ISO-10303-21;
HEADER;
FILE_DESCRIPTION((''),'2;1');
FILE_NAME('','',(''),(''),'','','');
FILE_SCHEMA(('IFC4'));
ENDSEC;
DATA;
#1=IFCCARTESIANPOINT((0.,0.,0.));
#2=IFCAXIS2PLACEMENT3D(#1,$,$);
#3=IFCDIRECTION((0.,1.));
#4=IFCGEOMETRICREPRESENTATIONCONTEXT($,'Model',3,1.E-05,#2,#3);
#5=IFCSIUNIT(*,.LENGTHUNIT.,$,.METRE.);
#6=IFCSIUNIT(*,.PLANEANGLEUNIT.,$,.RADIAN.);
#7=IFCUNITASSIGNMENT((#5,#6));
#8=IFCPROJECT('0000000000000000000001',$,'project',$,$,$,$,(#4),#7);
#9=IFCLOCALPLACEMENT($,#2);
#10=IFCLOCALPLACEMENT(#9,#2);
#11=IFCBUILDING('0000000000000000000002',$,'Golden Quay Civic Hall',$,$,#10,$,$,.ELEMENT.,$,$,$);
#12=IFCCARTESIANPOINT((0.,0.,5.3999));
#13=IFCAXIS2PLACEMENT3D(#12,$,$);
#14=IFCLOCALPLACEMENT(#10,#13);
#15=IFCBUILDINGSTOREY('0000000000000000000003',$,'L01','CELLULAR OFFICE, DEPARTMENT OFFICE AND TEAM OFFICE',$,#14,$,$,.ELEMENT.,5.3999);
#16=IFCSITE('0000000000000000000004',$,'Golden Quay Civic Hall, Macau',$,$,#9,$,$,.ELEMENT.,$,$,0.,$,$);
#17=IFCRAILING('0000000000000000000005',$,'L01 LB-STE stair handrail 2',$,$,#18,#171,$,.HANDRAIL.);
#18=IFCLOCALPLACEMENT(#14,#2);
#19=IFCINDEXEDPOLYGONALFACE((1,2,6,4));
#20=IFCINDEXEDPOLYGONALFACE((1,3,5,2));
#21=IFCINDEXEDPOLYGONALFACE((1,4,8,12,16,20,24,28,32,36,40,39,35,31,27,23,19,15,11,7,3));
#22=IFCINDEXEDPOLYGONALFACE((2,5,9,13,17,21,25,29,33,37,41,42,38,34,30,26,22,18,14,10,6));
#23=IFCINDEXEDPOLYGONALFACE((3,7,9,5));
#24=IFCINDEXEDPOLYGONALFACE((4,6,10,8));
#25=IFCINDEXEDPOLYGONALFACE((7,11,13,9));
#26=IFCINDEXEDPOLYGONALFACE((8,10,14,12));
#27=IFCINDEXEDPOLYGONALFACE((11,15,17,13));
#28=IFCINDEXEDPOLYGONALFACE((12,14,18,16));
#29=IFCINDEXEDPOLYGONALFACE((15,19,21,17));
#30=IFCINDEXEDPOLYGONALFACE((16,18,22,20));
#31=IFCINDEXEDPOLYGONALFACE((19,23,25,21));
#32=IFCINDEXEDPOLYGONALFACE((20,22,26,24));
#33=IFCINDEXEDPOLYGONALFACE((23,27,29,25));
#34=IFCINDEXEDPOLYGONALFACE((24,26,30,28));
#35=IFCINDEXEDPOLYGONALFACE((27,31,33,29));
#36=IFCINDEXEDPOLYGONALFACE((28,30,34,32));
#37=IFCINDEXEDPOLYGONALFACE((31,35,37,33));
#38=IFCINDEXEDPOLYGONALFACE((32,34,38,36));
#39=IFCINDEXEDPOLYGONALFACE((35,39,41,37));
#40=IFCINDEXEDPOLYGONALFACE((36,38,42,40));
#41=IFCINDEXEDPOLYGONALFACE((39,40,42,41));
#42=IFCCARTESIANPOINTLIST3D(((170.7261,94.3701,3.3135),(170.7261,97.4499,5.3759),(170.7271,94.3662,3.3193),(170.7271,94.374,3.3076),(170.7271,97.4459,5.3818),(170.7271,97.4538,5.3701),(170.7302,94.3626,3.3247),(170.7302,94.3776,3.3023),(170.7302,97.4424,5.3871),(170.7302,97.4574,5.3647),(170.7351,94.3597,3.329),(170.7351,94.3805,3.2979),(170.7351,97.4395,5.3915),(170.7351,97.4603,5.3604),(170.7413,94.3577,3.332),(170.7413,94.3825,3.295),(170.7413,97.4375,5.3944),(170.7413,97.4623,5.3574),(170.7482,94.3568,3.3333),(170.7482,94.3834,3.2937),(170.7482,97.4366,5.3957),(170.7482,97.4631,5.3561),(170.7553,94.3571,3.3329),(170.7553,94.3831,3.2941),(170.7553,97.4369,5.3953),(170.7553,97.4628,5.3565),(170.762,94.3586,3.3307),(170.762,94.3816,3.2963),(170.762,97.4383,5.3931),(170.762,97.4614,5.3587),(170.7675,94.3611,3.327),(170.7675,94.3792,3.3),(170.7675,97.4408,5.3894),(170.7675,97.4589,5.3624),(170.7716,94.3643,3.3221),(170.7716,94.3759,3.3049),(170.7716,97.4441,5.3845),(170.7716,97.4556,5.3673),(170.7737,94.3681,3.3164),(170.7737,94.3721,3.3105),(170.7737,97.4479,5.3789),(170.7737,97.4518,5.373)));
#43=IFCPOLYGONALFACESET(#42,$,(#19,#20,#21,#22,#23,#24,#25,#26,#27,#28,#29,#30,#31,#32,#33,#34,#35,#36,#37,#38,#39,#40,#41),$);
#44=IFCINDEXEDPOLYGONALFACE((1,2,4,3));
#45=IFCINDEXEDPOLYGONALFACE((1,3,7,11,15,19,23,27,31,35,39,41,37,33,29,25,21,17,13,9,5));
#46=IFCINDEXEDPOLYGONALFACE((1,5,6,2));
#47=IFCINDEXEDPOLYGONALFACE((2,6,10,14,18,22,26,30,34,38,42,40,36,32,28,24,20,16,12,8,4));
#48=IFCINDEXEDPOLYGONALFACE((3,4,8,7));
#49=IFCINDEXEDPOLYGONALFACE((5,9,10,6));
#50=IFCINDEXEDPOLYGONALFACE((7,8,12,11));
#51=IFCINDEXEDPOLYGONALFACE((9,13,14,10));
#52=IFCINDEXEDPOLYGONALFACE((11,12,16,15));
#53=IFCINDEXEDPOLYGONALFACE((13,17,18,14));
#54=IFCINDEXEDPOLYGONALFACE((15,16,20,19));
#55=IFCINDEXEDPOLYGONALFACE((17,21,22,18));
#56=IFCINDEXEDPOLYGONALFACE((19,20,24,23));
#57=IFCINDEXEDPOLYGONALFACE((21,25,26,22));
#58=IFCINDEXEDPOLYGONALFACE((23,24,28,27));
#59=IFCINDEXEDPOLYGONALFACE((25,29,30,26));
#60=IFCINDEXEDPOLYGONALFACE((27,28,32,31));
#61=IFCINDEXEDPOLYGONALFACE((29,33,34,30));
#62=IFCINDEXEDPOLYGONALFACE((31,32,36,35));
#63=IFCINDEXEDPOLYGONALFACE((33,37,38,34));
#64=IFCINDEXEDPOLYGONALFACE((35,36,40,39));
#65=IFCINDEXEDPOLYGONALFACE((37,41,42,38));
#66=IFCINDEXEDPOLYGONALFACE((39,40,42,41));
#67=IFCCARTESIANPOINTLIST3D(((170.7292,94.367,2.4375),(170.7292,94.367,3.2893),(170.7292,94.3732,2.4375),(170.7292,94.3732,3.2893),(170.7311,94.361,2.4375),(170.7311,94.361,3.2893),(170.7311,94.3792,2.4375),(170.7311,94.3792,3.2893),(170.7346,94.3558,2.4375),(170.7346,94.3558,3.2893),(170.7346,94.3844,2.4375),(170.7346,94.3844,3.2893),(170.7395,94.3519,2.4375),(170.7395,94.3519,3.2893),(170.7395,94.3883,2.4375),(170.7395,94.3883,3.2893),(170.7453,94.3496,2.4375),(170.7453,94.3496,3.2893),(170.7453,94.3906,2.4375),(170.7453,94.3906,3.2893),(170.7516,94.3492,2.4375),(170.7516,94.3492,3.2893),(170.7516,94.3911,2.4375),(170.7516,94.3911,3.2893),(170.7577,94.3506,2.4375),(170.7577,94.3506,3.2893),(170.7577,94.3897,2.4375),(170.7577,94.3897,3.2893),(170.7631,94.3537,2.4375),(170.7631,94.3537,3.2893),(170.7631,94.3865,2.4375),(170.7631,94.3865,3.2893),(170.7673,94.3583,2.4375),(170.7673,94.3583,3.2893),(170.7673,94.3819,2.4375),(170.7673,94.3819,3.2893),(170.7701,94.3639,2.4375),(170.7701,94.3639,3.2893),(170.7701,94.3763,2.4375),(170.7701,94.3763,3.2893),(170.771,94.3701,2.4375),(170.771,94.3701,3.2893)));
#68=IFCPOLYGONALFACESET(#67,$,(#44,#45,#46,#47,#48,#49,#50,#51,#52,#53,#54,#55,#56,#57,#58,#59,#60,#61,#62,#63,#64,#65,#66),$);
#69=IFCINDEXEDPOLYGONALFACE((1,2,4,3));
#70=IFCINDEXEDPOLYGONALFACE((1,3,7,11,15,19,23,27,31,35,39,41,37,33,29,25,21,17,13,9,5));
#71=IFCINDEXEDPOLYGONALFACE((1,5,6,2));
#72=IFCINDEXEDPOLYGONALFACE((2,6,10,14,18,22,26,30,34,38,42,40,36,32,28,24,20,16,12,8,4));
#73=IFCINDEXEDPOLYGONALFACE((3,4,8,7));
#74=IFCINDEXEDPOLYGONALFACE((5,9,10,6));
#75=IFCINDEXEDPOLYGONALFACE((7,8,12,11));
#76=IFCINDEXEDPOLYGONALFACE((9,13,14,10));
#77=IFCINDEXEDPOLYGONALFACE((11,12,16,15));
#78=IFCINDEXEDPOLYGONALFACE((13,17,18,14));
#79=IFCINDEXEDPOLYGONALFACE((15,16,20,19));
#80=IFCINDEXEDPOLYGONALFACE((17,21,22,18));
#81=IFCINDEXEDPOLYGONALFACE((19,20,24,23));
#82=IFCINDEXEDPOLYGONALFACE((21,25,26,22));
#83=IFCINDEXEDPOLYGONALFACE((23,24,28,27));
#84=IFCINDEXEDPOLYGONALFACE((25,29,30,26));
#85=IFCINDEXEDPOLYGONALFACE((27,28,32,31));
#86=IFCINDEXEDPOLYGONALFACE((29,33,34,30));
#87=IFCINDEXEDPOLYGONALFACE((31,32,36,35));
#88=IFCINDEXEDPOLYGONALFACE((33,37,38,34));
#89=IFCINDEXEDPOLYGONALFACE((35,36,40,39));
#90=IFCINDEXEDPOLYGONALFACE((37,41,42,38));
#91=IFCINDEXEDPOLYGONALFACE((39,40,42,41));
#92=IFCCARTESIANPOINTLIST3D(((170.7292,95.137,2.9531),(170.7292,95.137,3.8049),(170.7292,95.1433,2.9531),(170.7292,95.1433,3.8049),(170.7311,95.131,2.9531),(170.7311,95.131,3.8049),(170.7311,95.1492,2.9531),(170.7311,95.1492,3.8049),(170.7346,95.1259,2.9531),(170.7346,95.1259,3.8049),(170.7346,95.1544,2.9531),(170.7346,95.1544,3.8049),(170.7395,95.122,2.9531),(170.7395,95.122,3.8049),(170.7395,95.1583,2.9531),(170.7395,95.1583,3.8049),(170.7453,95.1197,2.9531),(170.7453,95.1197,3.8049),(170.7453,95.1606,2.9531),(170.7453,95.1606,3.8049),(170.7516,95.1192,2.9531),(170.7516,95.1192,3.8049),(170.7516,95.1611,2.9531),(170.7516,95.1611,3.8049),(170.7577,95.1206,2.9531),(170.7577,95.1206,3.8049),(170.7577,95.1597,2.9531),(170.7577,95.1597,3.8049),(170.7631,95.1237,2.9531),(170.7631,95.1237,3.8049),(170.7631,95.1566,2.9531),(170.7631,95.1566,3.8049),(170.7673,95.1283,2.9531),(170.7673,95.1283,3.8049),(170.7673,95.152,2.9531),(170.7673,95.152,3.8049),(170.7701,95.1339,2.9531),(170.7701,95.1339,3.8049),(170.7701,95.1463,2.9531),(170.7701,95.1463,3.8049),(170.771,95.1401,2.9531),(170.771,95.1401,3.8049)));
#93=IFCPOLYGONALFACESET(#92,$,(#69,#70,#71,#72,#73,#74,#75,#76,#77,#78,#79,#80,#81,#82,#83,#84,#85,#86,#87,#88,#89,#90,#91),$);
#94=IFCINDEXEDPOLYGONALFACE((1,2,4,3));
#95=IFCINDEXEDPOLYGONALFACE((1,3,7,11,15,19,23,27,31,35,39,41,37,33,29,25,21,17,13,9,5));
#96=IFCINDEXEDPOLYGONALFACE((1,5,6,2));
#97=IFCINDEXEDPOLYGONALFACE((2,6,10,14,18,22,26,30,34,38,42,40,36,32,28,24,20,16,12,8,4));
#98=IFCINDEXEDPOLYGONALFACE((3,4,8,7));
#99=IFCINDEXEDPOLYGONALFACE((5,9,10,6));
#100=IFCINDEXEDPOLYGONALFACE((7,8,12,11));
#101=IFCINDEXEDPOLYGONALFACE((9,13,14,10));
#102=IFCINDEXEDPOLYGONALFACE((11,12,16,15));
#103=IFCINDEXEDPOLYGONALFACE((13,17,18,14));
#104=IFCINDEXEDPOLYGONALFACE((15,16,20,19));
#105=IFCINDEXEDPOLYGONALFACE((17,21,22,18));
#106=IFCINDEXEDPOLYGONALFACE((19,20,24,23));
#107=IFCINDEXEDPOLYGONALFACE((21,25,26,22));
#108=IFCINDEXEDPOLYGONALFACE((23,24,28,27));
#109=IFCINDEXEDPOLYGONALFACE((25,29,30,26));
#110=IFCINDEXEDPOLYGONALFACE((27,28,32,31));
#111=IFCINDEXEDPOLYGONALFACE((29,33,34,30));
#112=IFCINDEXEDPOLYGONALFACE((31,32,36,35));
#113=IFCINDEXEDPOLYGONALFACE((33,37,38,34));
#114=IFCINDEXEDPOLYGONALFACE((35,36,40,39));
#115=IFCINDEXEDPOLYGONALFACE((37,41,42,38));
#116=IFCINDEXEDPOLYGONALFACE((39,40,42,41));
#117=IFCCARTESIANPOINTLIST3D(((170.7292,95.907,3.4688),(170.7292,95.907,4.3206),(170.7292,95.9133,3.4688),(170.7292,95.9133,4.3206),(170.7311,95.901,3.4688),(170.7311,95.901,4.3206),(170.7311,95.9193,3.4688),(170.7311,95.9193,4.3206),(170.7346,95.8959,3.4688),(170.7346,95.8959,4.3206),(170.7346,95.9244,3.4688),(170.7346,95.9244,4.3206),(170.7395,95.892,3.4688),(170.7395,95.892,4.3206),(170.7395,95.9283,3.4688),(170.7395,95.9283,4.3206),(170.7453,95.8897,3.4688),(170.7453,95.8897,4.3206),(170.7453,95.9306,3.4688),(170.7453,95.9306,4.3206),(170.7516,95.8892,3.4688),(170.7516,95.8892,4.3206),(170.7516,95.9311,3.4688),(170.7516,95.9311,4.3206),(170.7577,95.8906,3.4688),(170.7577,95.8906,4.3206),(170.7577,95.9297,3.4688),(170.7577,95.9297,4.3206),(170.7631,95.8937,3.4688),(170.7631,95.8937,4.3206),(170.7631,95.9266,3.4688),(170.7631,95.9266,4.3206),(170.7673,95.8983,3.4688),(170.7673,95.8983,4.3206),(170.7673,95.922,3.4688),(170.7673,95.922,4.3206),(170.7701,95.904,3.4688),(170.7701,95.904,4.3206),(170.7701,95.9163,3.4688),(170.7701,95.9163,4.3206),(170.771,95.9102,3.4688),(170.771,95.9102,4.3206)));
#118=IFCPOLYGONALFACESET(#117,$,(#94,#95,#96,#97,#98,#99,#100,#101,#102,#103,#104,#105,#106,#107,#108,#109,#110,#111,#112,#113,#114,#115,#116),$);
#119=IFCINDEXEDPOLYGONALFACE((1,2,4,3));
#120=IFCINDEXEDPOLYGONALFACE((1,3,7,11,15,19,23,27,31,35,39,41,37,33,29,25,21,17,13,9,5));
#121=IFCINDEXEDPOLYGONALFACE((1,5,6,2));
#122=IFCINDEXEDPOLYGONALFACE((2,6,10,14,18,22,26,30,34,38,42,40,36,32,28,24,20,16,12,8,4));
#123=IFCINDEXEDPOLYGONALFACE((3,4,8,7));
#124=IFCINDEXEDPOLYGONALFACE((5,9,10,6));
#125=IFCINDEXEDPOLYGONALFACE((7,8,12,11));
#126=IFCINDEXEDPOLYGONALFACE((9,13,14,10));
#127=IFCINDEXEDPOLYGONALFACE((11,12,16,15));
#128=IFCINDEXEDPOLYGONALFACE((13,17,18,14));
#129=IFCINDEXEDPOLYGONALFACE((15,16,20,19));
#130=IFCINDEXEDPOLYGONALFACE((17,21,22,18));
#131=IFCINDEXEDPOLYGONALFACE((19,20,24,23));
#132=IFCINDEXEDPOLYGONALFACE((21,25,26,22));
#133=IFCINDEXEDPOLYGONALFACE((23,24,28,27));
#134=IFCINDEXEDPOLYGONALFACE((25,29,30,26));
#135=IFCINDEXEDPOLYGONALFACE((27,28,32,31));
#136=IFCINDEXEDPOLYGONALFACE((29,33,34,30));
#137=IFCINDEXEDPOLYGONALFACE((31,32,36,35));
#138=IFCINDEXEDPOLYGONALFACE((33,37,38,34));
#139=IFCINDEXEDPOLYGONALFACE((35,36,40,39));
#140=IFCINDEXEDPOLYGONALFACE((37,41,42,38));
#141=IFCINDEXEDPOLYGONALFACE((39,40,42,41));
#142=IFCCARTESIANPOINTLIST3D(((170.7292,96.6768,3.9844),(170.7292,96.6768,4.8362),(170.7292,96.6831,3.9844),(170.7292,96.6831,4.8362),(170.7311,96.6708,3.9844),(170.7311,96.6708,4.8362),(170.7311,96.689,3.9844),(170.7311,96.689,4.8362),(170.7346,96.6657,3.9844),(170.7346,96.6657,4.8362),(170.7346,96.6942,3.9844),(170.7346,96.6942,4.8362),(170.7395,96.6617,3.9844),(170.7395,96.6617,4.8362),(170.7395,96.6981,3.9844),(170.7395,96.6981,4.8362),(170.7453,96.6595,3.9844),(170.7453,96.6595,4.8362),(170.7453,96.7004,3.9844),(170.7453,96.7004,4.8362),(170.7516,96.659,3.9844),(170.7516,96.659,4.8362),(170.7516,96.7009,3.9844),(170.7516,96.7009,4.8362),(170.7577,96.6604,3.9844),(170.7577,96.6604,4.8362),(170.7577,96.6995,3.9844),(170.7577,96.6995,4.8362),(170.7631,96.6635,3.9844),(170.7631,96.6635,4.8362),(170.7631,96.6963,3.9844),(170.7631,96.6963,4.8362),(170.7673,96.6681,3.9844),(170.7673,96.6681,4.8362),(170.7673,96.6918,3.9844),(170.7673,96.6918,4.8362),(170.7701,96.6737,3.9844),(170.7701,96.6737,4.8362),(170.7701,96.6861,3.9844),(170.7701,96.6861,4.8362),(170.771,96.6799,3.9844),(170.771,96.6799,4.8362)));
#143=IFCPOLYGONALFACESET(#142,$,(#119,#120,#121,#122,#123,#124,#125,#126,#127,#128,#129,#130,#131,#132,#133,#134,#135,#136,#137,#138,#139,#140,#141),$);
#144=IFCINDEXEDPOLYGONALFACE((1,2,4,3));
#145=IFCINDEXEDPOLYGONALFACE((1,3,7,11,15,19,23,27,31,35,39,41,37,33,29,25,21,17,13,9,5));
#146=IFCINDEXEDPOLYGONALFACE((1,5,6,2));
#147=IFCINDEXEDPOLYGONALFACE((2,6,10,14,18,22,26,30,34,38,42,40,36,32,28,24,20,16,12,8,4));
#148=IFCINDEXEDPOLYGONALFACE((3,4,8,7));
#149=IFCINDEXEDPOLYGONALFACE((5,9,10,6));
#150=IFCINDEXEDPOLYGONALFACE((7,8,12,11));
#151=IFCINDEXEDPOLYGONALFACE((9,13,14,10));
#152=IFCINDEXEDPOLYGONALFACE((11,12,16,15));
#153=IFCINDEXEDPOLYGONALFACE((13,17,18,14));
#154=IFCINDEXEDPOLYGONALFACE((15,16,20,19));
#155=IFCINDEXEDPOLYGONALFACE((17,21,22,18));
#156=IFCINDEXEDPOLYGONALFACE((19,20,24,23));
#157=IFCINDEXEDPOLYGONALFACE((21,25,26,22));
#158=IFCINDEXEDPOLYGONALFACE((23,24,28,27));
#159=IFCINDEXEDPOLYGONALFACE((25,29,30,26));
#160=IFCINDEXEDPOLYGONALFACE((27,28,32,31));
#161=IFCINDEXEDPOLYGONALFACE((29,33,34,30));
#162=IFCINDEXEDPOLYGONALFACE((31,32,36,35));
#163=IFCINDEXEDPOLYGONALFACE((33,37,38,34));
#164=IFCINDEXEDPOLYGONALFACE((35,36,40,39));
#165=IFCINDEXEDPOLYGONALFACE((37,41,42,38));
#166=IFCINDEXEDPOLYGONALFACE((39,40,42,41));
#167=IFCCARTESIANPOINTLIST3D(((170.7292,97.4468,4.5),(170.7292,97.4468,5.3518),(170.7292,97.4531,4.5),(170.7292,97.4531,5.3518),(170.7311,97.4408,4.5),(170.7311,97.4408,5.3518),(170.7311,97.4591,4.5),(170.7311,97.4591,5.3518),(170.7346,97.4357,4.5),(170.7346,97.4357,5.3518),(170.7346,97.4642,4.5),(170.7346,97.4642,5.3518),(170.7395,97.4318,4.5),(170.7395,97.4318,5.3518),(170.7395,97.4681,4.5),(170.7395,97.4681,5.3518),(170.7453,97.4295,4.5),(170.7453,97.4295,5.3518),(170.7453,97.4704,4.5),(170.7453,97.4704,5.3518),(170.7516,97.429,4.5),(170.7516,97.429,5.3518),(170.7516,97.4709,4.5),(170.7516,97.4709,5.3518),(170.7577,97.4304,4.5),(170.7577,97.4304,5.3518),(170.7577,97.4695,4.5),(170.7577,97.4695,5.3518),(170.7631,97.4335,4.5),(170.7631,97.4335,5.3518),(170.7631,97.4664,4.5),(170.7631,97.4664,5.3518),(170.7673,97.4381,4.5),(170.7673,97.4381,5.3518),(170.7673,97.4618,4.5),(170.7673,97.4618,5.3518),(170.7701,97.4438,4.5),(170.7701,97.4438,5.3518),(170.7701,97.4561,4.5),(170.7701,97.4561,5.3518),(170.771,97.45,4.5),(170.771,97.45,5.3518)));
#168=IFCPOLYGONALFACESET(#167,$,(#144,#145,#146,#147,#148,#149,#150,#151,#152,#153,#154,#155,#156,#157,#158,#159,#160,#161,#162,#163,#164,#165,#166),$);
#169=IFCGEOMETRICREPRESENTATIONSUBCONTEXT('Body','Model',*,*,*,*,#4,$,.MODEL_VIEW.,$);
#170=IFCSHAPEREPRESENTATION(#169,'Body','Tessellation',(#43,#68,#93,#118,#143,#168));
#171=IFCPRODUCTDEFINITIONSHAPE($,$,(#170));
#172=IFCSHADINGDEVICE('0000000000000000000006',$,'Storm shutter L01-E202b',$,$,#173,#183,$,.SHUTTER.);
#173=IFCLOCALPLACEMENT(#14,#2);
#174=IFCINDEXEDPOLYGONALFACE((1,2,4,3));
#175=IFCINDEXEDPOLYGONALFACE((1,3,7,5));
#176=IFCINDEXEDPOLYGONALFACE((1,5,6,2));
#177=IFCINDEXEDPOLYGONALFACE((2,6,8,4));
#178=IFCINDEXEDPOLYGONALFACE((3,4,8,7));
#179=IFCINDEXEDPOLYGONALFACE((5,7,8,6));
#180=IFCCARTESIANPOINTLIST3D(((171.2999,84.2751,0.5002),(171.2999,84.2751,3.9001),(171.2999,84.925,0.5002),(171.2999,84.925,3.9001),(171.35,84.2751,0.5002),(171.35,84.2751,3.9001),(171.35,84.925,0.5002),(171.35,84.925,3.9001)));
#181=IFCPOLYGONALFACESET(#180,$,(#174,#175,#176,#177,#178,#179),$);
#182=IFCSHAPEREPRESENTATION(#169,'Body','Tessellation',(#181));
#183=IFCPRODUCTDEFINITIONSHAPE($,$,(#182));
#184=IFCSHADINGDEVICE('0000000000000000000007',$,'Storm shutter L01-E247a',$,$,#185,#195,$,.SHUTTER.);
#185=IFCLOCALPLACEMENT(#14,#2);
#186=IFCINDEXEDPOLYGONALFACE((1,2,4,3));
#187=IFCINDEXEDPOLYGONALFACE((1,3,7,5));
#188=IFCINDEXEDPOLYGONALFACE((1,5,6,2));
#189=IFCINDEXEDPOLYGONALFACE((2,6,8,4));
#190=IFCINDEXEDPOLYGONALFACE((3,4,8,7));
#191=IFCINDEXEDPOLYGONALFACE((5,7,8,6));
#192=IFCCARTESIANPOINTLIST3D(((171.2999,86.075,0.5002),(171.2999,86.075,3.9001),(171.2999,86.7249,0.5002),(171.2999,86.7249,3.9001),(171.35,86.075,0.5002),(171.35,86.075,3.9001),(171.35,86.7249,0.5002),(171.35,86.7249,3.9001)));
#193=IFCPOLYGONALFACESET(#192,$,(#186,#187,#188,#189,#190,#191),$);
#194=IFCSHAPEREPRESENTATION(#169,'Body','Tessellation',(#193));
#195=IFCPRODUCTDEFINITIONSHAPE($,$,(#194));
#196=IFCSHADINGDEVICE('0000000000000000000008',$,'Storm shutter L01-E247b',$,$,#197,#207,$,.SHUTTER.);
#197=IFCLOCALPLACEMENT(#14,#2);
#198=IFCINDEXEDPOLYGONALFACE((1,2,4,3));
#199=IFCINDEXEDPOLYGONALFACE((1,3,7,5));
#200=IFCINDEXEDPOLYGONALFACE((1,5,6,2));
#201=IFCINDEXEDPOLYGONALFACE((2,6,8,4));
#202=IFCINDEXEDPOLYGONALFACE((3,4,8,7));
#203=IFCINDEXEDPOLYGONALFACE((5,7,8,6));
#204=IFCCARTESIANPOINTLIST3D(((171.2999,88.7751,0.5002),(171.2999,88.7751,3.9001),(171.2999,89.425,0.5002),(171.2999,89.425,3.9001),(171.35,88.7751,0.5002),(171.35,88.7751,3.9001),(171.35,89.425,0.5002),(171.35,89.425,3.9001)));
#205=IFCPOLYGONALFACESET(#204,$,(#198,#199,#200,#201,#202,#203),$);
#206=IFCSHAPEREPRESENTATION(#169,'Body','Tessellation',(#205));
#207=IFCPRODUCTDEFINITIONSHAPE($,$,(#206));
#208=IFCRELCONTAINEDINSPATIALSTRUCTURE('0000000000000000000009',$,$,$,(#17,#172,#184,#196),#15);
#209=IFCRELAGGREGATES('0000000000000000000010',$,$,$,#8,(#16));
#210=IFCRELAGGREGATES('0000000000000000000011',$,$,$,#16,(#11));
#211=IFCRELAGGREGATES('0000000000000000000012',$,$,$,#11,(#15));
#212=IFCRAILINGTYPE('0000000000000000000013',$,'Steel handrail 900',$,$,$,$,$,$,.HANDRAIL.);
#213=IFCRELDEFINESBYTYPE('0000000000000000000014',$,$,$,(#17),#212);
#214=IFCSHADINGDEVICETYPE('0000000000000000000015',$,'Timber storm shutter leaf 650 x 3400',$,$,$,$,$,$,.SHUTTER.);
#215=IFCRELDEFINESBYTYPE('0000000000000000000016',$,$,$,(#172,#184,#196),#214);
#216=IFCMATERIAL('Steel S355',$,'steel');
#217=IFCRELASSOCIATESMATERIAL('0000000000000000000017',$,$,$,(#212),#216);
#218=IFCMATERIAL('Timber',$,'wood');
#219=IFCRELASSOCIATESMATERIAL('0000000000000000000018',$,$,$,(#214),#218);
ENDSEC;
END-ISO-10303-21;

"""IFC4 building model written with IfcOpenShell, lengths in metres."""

from ifc_helpers import new_model, si_unit, direction, frame, origin, origin_2d, place, context, subcontext, project, spatial, rectangle, circle, extrude, material, type_object, element, save


model = new_model("IFC4")

# Units and contexts
model_context = context("Model", 3, precision=1e-05, world=origin(), true_north=direction((0.0, 1.0)))
body_context = subcontext(model_context, "Body", "Model", "MODEL_VIEW")
ifc_project = project(units=[si_unit("LENGTHUNIT", "METRE"), si_unit("PLANEANGLEUNIT", "RADIAN")], contexts=[model_context])

# Site, building, storey
site_placement = place(None, origin())
site = spatial("IfcSite", under=ifc_project, at=site_placement, Name="Golden Quay Civic Hall, Macau", CompositionType="ELEMENT", RefElevation=0.0)
building_placement = place(site_placement, origin())
building = spatial("IfcBuilding", under=site, at=building_placement, Name="Golden Quay Civic Hall", CompositionType="ELEMENT")
storey_placement = place(building_placement, frame((0.0, 0.0, 5.3999)))
storey = spatial("IfcBuildingStorey", under=building, at=storey_placement, Name="L01", Description="CELLULAR OFFICE, DEPARTMENT OFFICE AND TEAM OFFICE", CompositionType="ELEMENT", Elevation=5.3999)

# Railing
ifc_material_1 = material(Name="Steel S355", Category="steel")
railing_type_1 = type_object("IfcRailingType", Name="Steel handrail 900", PredefinedType="HANDRAIL", material=ifc_material_1)
railing_1_placement = place(storey_placement, frame((170.75, 94.3701, 2.4375)))
element("IfcRailing", 1, at=railing_1_placement, inside=storey, type_object=railing_type_1, Name="L01 LB-STE stair handrail 2", PredefinedType="HANDRAIL", context=body_context, shape_type="SweptSolid", body=[
    extrude(circle(Radius=0.0239, at=origin_2d()), frame((0.0, 0.0, 0.876), z_axis=(0.0, 0.830893, 0.556432), x_axis=(-1.0, 0.0, 0.0)), (0.0, 0.0, 1.0), 3.7065),
    extrude(circle(Radius=0.021, at=origin_2d()), origin(), (0.0, 0.0, 1.0), 0.8518),
    extrude(circle(Radius=0.021, at=origin_2d()), frame((0.0, 0.77, 0.5156)), (0.0, 0.0, 1.0), 0.8518),
    extrude(circle(Radius=0.021, at=origin_2d()), frame((0.0, 1.54, 1.0312)), (0.0, 0.0, 1.0), 0.8518),
    extrude(circle(Radius=0.021, at=origin_2d()), frame((0.0, 2.3098, 1.5469)), (0.0, 0.0, 1.0), 0.8518),
    extrude(circle(Radius=0.021, at=origin_2d()), frame((0.0, 3.0798, 2.0625)), (0.0, 0.0, 1.0), 0.8518),
])

# Shading devices
ifc_material_2 = material(Name="Timber", Category="wood")
shading_device_type = type_object("IfcShadingDeviceType", Name="Timber storm shutter leaf 650 x 3400", PredefinedType="SHUTTER", material=ifc_material_2)
for number, where, z_axis, x_axis, name in (
    (2, (171.325, 84.6001, 0.5002), (0.0, 0.0, 1.0), (1.0, 0.0, 0.0), "Storm shutter L01-E202b"),
    (3, (171.325, 86.3999, 0.5002), (0.0, 0.0, 1.0), (1.0, 0.0, 0.0), "Storm shutter L01-E247a"),
    (4, (171.325, 89.1001, 0.5002), (0.0, 0.0, 1.0), (1.0, 0.0, 0.0), "Storm shutter L01-E247b"),
):
    element("IfcShadingDevice", number, at=place(storey_placement, frame(where, z_axis=z_axis, x_axis=x_axis)), inside=storey, type_object=shading_device_type, Name=name, PredefinedType="SHUTTER", context=body_context, shape_type="SweptSolid", body=[
        extrude(rectangle(XDim=0.05, YDim=0.6499, at=origin_2d()), origin(), (0.0, 0.0, 1.0), 3.3999),
    ])

save(model, "model.ifc")
